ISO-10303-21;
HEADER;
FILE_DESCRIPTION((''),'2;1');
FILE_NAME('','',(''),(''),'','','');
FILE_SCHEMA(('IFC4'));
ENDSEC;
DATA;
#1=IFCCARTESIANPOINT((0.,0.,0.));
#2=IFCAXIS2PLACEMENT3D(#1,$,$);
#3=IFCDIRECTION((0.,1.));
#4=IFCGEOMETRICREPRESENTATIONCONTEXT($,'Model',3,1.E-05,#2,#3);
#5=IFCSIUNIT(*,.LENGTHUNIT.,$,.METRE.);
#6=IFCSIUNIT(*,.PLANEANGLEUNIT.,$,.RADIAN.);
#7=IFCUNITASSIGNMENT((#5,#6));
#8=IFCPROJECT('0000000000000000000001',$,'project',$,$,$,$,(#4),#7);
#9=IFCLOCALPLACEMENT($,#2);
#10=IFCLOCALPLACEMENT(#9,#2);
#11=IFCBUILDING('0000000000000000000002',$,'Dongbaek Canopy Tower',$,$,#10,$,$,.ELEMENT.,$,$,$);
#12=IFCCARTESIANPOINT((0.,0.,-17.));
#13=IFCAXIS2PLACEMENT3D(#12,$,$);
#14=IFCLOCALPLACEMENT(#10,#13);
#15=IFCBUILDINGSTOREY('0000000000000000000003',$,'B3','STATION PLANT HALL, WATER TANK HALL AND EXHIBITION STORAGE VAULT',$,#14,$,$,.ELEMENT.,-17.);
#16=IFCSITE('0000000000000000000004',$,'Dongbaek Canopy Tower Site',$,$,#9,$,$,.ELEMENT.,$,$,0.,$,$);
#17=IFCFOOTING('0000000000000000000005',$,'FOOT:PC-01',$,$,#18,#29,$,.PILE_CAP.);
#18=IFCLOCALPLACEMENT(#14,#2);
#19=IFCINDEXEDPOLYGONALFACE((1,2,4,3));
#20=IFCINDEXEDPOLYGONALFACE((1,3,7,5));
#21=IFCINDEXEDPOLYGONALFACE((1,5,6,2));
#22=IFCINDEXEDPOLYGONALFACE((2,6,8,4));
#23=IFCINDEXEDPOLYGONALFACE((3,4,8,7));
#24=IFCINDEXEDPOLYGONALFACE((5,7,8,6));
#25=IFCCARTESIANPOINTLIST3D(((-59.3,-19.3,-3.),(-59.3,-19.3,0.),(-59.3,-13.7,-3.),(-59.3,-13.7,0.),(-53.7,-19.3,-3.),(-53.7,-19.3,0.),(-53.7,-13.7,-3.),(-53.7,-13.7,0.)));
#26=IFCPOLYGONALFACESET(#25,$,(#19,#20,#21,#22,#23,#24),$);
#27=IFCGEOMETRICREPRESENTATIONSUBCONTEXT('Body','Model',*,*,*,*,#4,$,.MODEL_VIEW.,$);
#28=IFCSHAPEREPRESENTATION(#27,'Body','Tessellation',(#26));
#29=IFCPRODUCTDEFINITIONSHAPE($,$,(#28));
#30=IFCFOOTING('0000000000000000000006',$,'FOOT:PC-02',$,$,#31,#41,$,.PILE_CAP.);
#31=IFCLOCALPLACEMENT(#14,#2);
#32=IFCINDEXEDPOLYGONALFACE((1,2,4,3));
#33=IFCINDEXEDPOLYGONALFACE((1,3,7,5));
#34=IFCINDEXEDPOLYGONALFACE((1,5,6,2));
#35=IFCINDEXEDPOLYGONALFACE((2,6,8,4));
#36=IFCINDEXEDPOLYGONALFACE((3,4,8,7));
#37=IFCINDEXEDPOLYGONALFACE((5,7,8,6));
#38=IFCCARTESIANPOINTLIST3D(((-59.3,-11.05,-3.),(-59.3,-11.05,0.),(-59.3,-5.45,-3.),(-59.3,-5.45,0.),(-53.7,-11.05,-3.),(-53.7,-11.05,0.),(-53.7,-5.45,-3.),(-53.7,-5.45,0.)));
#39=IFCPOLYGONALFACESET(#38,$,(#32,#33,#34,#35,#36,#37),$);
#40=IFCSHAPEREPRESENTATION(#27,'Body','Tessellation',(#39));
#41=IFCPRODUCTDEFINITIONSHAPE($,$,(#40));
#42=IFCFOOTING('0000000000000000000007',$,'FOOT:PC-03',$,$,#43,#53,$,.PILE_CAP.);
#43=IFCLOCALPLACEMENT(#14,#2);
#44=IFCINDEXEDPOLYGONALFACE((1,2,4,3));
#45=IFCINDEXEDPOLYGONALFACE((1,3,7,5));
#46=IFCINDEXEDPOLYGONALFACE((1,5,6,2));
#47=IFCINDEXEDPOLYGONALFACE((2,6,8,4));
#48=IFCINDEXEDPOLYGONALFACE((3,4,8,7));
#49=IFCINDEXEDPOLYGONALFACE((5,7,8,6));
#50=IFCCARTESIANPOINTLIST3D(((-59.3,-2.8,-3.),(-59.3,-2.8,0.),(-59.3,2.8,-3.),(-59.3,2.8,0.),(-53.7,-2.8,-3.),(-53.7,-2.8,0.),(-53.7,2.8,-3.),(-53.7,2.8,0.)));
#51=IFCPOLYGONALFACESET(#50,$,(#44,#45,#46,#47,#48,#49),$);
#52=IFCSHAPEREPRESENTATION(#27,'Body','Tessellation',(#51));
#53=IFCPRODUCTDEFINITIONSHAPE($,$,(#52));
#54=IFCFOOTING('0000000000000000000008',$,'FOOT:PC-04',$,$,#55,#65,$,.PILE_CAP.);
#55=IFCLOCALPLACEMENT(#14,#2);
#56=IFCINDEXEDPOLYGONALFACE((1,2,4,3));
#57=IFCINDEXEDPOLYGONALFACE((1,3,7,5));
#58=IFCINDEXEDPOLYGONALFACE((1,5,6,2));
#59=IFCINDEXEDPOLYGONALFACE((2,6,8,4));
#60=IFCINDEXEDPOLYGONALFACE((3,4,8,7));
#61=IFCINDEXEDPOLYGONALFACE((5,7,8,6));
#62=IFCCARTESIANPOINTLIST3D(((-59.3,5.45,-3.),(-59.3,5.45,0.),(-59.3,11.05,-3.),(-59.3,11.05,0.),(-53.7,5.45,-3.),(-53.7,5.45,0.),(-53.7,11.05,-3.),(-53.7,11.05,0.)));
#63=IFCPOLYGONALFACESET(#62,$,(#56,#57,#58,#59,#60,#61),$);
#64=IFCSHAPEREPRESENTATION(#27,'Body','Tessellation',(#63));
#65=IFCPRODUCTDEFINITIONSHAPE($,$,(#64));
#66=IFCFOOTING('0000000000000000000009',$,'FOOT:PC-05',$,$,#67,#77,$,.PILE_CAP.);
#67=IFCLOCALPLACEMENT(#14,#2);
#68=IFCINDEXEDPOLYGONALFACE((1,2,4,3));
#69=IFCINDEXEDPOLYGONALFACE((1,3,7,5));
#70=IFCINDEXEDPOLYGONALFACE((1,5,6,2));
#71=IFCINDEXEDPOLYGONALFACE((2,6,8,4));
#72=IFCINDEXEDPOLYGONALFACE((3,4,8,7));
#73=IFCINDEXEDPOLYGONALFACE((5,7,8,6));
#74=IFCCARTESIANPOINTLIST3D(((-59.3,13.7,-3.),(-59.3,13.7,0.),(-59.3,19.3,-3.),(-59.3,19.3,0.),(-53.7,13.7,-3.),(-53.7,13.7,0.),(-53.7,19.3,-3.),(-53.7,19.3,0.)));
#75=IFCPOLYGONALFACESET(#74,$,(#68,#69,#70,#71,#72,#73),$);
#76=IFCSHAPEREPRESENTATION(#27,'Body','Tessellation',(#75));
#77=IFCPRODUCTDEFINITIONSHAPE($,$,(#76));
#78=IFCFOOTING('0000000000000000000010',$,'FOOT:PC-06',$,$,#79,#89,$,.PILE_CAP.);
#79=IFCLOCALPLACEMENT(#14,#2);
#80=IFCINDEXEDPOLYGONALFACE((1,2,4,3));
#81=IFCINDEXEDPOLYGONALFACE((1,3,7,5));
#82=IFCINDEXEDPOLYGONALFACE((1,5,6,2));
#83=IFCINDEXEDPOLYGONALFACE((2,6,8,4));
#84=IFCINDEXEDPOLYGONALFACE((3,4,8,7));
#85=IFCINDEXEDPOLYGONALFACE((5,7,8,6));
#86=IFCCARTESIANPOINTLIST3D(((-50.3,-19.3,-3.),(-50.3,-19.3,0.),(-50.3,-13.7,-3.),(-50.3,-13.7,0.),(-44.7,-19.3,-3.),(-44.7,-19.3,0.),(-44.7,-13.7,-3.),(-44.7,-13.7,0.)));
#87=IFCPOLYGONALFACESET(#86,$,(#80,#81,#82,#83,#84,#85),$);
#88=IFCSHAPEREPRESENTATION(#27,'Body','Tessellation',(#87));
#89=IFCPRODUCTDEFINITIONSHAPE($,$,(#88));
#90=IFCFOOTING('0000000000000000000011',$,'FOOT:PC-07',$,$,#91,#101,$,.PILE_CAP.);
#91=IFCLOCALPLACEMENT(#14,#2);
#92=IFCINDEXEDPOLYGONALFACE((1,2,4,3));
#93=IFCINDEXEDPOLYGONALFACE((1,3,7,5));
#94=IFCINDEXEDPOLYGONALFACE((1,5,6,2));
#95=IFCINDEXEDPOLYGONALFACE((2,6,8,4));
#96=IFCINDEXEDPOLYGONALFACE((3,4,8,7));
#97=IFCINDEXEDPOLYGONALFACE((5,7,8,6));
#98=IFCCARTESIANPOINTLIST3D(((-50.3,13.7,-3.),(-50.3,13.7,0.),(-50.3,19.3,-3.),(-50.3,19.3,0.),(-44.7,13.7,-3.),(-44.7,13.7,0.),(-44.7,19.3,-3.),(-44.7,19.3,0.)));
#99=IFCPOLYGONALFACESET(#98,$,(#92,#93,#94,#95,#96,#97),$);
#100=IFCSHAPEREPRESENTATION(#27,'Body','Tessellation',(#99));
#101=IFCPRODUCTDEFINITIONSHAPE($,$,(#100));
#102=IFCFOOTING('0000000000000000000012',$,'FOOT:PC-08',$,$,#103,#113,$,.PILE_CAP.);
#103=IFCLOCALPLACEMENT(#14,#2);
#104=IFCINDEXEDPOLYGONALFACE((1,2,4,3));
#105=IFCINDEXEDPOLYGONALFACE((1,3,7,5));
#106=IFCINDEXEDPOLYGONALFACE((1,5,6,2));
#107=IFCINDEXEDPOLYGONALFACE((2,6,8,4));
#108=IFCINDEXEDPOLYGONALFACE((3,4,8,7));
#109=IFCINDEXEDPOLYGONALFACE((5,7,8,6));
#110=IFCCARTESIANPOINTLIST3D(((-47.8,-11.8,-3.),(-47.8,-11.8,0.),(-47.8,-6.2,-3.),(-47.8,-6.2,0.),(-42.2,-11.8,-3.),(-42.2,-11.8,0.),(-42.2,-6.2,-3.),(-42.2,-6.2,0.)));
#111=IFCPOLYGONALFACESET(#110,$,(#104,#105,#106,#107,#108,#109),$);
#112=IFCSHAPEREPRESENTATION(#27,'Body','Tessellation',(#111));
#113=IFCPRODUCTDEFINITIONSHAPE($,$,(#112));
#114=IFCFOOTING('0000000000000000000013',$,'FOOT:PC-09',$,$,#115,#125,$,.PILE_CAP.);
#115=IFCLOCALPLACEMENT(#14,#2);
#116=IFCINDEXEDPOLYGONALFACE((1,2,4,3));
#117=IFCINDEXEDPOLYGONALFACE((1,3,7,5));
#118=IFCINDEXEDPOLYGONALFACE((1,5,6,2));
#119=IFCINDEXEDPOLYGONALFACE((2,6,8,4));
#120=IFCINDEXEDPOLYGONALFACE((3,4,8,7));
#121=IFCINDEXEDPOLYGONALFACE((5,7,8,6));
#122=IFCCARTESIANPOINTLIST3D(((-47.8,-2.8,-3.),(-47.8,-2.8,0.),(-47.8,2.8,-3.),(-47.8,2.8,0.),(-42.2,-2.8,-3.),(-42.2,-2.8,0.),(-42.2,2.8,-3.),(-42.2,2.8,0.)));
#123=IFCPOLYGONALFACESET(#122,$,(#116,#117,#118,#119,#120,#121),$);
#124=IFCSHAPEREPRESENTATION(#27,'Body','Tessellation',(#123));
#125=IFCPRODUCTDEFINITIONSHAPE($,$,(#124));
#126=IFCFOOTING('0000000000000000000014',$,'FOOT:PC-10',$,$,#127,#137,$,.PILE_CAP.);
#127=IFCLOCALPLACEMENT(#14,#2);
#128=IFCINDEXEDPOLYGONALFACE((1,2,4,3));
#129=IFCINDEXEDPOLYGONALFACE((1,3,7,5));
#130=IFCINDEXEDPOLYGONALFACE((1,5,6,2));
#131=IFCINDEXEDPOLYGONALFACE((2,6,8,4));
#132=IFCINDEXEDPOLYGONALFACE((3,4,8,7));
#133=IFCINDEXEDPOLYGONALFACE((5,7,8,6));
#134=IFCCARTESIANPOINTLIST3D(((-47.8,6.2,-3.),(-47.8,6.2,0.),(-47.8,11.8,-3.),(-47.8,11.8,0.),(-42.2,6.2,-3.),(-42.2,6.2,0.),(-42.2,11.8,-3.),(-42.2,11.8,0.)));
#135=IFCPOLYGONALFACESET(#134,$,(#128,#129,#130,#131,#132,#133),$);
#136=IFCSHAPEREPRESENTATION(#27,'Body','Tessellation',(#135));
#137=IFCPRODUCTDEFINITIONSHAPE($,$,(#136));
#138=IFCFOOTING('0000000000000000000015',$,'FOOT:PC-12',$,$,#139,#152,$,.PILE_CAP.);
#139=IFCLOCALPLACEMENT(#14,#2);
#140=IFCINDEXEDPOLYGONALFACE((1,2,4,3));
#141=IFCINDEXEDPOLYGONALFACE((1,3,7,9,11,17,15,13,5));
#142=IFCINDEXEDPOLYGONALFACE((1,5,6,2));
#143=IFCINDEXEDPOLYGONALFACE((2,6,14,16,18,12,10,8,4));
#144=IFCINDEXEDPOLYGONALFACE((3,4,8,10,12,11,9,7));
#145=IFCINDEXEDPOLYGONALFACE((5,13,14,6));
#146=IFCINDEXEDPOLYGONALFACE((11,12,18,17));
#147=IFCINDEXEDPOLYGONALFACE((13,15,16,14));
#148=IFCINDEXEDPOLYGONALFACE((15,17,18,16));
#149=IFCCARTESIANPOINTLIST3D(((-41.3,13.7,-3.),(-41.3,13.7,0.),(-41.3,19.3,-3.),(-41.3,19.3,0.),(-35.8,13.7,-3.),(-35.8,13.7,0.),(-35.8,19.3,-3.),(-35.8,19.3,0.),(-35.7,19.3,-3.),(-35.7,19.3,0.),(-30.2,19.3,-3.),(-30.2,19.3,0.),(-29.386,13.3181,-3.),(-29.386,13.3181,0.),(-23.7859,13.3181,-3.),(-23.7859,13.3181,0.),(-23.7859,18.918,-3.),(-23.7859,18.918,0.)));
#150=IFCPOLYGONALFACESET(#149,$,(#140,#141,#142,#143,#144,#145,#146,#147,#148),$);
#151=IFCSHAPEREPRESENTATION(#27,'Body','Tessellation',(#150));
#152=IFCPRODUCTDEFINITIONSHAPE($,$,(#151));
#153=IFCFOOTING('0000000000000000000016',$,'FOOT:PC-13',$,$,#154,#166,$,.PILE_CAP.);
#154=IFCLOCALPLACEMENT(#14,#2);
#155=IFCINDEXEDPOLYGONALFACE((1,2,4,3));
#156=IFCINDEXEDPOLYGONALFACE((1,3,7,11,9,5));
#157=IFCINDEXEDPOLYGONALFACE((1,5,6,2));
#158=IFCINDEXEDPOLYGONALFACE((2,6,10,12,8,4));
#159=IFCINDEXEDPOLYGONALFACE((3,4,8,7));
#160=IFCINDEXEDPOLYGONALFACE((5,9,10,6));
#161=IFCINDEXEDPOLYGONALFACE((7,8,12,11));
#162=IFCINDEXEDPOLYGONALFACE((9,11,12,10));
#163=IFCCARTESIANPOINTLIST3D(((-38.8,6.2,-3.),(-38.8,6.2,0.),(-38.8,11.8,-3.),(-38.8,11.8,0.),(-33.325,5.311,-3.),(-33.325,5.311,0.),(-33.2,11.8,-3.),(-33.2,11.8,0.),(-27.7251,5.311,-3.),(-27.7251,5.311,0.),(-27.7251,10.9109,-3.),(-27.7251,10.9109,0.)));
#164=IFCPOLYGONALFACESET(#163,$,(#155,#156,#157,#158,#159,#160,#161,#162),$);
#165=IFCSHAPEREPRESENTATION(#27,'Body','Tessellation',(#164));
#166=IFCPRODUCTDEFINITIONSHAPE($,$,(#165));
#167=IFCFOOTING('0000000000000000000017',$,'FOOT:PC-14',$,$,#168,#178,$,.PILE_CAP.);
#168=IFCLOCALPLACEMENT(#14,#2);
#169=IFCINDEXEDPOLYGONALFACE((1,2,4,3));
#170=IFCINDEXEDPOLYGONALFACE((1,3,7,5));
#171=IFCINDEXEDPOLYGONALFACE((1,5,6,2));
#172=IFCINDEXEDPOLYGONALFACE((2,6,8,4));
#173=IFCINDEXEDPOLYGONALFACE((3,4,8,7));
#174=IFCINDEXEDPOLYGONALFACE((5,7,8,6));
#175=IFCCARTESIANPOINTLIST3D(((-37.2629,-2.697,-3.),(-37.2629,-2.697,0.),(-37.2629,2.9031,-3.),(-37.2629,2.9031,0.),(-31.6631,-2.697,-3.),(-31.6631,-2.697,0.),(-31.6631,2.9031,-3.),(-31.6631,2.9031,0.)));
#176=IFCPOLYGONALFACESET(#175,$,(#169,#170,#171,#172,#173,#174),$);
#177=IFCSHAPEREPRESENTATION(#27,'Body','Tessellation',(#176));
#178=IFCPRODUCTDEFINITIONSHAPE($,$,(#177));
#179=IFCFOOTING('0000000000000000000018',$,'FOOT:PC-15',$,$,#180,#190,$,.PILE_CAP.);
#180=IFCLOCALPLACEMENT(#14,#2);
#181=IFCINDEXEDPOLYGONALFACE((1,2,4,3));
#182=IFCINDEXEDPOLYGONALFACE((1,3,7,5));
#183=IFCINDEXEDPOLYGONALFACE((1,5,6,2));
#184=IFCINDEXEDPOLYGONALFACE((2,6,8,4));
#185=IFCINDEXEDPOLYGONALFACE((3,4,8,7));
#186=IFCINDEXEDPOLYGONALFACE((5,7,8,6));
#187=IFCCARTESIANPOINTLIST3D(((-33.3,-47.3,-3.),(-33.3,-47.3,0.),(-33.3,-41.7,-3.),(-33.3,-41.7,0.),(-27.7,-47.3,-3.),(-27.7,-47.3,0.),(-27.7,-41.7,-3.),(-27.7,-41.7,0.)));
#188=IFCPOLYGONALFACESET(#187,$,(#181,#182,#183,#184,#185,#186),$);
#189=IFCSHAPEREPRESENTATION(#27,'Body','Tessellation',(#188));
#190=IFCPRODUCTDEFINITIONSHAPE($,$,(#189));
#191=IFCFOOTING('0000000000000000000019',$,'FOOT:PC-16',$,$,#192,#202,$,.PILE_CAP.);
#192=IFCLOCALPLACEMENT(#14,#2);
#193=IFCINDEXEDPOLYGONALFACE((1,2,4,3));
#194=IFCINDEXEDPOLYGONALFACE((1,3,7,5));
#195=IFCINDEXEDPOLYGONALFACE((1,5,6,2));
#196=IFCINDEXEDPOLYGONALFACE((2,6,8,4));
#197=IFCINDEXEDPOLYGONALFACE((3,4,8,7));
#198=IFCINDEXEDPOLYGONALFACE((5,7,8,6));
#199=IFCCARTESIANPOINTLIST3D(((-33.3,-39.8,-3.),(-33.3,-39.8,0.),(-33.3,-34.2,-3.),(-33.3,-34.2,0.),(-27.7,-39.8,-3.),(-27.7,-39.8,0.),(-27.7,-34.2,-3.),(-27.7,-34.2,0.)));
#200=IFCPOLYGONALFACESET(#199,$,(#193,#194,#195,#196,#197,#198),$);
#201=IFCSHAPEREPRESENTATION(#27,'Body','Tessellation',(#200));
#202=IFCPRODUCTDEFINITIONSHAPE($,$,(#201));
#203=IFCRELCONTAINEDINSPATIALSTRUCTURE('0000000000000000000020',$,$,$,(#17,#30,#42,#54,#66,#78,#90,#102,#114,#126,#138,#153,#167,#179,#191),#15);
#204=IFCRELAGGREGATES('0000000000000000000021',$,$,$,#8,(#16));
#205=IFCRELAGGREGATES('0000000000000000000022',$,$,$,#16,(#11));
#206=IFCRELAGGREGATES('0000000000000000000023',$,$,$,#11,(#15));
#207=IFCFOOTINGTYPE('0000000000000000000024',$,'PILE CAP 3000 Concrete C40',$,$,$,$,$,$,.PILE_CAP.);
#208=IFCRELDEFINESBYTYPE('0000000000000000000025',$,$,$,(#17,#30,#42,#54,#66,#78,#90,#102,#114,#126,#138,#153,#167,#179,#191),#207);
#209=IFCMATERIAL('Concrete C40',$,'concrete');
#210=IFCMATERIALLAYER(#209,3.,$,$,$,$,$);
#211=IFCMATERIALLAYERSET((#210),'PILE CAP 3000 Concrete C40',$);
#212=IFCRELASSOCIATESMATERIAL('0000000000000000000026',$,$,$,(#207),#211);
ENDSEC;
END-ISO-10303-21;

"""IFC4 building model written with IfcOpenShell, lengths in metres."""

from ifc_helpers import new_model, si_unit, direction, frame, origin, place, context, subcontext, project, spatial, polyline, outline, extrude, material, layer, layer_set, type_object, element, save


model = new_model("IFC4")

# Units and contexts
model_context = context("Model", 3, precision=1e-05, world=origin(), true_north=direction((0.0, 1.0)))
body_context = subcontext(model_context, "Body", "Model", "MODEL_VIEW")
ifc_project = project(units=[si_unit("LENGTHUNIT", "METRE"), si_unit("PLANEANGLEUNIT", "RADIAN")], contexts=[model_context])

# Site, building, storey
site_placement = place(None, origin())
site = spatial("IfcSite", under=ifc_project, at=site_placement, Name="Dongbaek Canopy Tower Site", CompositionType="ELEMENT", RefElevation=0.0)
building_placement = place(site_placement, origin())
building = spatial("IfcBuilding", under=site, at=building_placement, Name="Dongbaek Canopy Tower", CompositionType="ELEMENT")
storey_placement = place(building_placement, frame((0.0, 0.0, -17.0)))
storey = spatial("IfcBuildingStorey", under=building, at=storey_placement, Name="B3", Description="STATION PLANT HALL, WATER TANK HALL AND EXHIBITION STORAGE VAULT", CompositionType="ELEMENT", Elevation=-17.0)

# Footings
ifc_material_1 = material(Name="Concrete C40", Category="concrete")
ifc_layer_1 = layer(ifc_material_1, 3.0)
ifc_layer_set_1 = layer_set([ifc_layer_1], Name="PILE CAP 3000 Concrete C40")
footing_type_1 = type_object("IfcFootingType", Name="PILE CAP 3000 Concrete C40", PredefinedType="PILE_CAP", material=ifc_layer_set_1)
footing_1_placement = place(storey_placement, frame((0.0, 0.0, -3.0)))
element("IfcFooting", 1, at=footing_1_placement, inside=storey, type_object=footing_type_1, Name="FOOT:PC-01", PredefinedType="PILE_CAP", context=body_context, shape_type="SweptSolid", body=[
    extrude(outline(polyline([(-53.7, -19.3), (-53.7, -13.7), (-59.3, -13.7), (-59.3, -19.3), (-53.7, -19.3)])), origin(), (0.0, 0.0, 1.0), 3.0),
])
footing_2_placement = place(storey_placement, frame((0.0, 0.0, -3.0)))
element("IfcFooting", 2, at=footing_2_placement, inside=storey, type_object=footing_type_1, Name="FOOT:PC-02", PredefinedType="PILE_CAP", context=body_context, shape_type="SweptSolid", body=[
    extrude(outline(polyline([(-53.7, -11.05), (-53.7, -5.45), (-59.3, -5.45), (-59.3, -11.05), (-53.7, -11.05)])), origin(), (0.0, 0.0, 1.0), 3.0),
])
footing_3_placement = place(storey_placement, frame((0.0, 0.0, -3.0)))
element("IfcFooting", 3, at=footing_3_placement, inside=storey, type_object=footing_type_1, Name="FOOT:PC-03", PredefinedType="PILE_CAP", context=body_context, shape_type="SweptSolid", body=[
    extrude(outline(polyline([(-53.7, -2.8), (-53.7, 2.8), (-59.3, 2.8), (-59.3, -2.8), (-53.7, -2.8)])), origin(), (0.0, 0.0, 1.0), 3.0),
])
footing_4_placement = place(storey_placement, frame((0.0, 0.0, -3.0)))
element("IfcFooting", 4, at=footing_4_placement, inside=storey, type_object=footing_type_1, Name="FOOT:PC-04", PredefinedType="PILE_CAP", context=body_context, shape_type="SweptSolid", body=[
    extrude(outline(polyline([(-53.7, 5.45), (-53.7, 11.05), (-59.3, 11.05), (-59.3, 5.45), (-53.7, 5.45)])), origin(), (0.0, 0.0, 1.0), 3.0),
])
footing_5_placement = place(storey_placement, frame((0.0, 0.0, -3.0)))
element("IfcFooting", 5, at=footing_5_placement, inside=storey, type_object=footing_type_1, Name="FOOT:PC-05", PredefinedType="PILE_CAP", context=body_context, shape_type="SweptSolid", body=[
    extrude(outline(polyline([(-53.7, 13.7), (-53.7, 19.3), (-59.3, 19.3), (-59.3, 13.7), (-53.7, 13.7)])), origin(), (0.0, 0.0, 1.0), 3.0),
])
footing_6_placement = place(storey_placement, frame((0.0, 0.0, -3.0)))
element("IfcFooting", 6, at=footing_6_placement, inside=storey, type_object=footing_type_1, Name="FOOT:PC-06", PredefinedType="PILE_CAP", context=body_context, shape_type="SweptSolid", body=[
    extrude(outline(polyline([(-44.7, -19.3), (-44.7, -13.7), (-50.3, -13.7), (-50.3, -19.3), (-44.7, -19.3)])), origin(), (0.0, 0.0, 1.0), 3.0),
])
footing_7_placement = place(storey_placement, frame((0.0, 0.0, -3.0)))
element("IfcFooting", 7, at=footing_7_placement, inside=storey, type_object=footing_type_1, Name="FOOT:PC-07", PredefinedType="PILE_CAP", context=body_context, shape_type="SweptSolid", body=[
    extrude(outline(polyline([(-44.7, 13.7), (-44.7, 19.3), (-50.3, 19.3), (-50.3, 13.7), (-44.7, 13.7)])), origin(), (0.0, 0.0, 1.0), 3.0),
])
footing_8_placement = place(storey_placement, frame((0.0, 0.0, -3.0)))
element("IfcFooting", 8, at=footing_8_placement, inside=storey, type_object=footing_type_1, Name="FOOT:PC-08", PredefinedType="PILE_CAP", context=body_context, shape_type="SweptSolid", body=[
    extrude(outline(polyline([(-42.2, -11.8), (-42.2, -6.2), (-47.8, -6.2), (-47.8, -11.8), (-42.2, -11.8)])), origin(), (0.0, 0.0, 1.0), 3.0),
])
footing_9_placement = place(storey_placement, frame((0.0, 0.0, -3.0)))
element("IfcFooting", 9, at=footing_9_placement, inside=storey, type_object=footing_type_1, Name="FOOT:PC-09", PredefinedType="PILE_CAP", context=body_context, shape_type="SweptSolid", body=[
    extrude(outline(polyline([(-42.2, -2.8), (-42.2, 2.8), (-47.8, 2.8), (-47.8, -2.8), (-42.2, -2.8)])), origin(), (0.0, 0.0, 1.0), 3.0),
])
footing_10_placement = place(storey_placement, frame((0.0, 0.0, -3.0)))
element("IfcFooting", 10, at=footing_10_placement, inside=storey, type_object=footing_type_1, Name="FOOT:PC-10", PredefinedType="PILE_CAP", context=body_context, shape_type="SweptSolid", body=[
    extrude(outline(polyline([(-42.2, 6.2), (-42.2, 11.8), (-47.8, 11.8), (-47.8, 6.2), (-42.2, 6.2)])), origin(), (0.0, 0.0, 1.0), 3.0),
])
footing_11_placement = place(storey_placement, frame((0.0, 0.0, -3.0)))
element("IfcFooting", 11, at=footing_11_placement, inside=storey, type_object=footing_type_1, Name="FOOT:PC-12", PredefinedType="PILE_CAP", context=body_context, shape_type="SweptSolid", body=[
    extrude(outline(polyline([(-29.386, 13.3181), (-35.8, 13.7), (-41.3, 13.7), (-41.3, 19.3), (-35.8, 19.3), (-35.7, 19.3), (-30.2, 19.3), (-23.7859, 18.918), (-23.7859, 13.3181), (-29.386, 13.3181)])), origin(), (0.0, 0.0, 1.0), 3.0),
])
footing_12_placement = place(storey_placement, frame((0.0, 0.0, -3.0)))
element("IfcFooting", 12, at=footing_12_placement, inside=storey, type_object=footing_type_1, Name="FOOT:PC-13", PredefinedType="PILE_CAP", context=body_context, shape_type="SweptSolid", body=[
    extrude(outline(polyline([(-27.7251, 5.311), (-33.325, 5.311), (-38.8, 6.2), (-38.8, 11.8), (-33.2, 11.8), (-27.7251, 10.9109), (-27.7251, 5.311)])), origin(), (0.0, 0.0, 1.0), 3.0),
])
footing_13_placement = place(storey_placement, frame((0.0, 0.0, -3.0)))
element("IfcFooting", 13, at=footing_13_placement, inside=storey, type_object=footing_type_1, Name="FOOT:PC-14", PredefinedType="PILE_CAP", context=body_context, shape_type="SweptSolid", body=[
    extrude(outline(polyline([(-31.6631, -2.697), (-31.6631, 2.9031), (-37.2629, 2.9031), (-37.2629, -2.697), (-31.6631, -2.697)])), origin(), (0.0, 0.0, 1.0), 3.0),
])
footing_14_placement = place(storey_placement, frame((0.0, 0.0, -3.0)))
element("IfcFooting", 14, at=footing_14_placement, inside=storey, type_object=footing_type_1, Name="FOOT:PC-15", PredefinedType="PILE_CAP", context=body_context, shape_type="SweptSolid", body=[
    extrude(outline(polyline([(-27.7, -47.3), (-27.7, -41.7), (-33.3, -41.7), (-33.3, -47.3), (-27.7, -47.3)])), origin(), (0.0, 0.0, 1.0), 3.0),
])
footing_15_placement = place(storey_placement, frame((0.0, 0.0, -3.0)))
element("IfcFooting", 15, at=footing_15_placement, inside=storey, type_object=footing_type_1, Name="FOOT:PC-16", PredefinedType="PILE_CAP", context=body_context, shape_type="SweptSolid", body=[
    extrude(outline(polyline([(-27.7, -39.8), (-27.7, -34.2), (-33.3, -34.2), (-33.3, -39.8), (-27.7, -39.8)])), origin(), (0.0, 0.0, 1.0), 3.0),
])

save(model, "model.ifc")
